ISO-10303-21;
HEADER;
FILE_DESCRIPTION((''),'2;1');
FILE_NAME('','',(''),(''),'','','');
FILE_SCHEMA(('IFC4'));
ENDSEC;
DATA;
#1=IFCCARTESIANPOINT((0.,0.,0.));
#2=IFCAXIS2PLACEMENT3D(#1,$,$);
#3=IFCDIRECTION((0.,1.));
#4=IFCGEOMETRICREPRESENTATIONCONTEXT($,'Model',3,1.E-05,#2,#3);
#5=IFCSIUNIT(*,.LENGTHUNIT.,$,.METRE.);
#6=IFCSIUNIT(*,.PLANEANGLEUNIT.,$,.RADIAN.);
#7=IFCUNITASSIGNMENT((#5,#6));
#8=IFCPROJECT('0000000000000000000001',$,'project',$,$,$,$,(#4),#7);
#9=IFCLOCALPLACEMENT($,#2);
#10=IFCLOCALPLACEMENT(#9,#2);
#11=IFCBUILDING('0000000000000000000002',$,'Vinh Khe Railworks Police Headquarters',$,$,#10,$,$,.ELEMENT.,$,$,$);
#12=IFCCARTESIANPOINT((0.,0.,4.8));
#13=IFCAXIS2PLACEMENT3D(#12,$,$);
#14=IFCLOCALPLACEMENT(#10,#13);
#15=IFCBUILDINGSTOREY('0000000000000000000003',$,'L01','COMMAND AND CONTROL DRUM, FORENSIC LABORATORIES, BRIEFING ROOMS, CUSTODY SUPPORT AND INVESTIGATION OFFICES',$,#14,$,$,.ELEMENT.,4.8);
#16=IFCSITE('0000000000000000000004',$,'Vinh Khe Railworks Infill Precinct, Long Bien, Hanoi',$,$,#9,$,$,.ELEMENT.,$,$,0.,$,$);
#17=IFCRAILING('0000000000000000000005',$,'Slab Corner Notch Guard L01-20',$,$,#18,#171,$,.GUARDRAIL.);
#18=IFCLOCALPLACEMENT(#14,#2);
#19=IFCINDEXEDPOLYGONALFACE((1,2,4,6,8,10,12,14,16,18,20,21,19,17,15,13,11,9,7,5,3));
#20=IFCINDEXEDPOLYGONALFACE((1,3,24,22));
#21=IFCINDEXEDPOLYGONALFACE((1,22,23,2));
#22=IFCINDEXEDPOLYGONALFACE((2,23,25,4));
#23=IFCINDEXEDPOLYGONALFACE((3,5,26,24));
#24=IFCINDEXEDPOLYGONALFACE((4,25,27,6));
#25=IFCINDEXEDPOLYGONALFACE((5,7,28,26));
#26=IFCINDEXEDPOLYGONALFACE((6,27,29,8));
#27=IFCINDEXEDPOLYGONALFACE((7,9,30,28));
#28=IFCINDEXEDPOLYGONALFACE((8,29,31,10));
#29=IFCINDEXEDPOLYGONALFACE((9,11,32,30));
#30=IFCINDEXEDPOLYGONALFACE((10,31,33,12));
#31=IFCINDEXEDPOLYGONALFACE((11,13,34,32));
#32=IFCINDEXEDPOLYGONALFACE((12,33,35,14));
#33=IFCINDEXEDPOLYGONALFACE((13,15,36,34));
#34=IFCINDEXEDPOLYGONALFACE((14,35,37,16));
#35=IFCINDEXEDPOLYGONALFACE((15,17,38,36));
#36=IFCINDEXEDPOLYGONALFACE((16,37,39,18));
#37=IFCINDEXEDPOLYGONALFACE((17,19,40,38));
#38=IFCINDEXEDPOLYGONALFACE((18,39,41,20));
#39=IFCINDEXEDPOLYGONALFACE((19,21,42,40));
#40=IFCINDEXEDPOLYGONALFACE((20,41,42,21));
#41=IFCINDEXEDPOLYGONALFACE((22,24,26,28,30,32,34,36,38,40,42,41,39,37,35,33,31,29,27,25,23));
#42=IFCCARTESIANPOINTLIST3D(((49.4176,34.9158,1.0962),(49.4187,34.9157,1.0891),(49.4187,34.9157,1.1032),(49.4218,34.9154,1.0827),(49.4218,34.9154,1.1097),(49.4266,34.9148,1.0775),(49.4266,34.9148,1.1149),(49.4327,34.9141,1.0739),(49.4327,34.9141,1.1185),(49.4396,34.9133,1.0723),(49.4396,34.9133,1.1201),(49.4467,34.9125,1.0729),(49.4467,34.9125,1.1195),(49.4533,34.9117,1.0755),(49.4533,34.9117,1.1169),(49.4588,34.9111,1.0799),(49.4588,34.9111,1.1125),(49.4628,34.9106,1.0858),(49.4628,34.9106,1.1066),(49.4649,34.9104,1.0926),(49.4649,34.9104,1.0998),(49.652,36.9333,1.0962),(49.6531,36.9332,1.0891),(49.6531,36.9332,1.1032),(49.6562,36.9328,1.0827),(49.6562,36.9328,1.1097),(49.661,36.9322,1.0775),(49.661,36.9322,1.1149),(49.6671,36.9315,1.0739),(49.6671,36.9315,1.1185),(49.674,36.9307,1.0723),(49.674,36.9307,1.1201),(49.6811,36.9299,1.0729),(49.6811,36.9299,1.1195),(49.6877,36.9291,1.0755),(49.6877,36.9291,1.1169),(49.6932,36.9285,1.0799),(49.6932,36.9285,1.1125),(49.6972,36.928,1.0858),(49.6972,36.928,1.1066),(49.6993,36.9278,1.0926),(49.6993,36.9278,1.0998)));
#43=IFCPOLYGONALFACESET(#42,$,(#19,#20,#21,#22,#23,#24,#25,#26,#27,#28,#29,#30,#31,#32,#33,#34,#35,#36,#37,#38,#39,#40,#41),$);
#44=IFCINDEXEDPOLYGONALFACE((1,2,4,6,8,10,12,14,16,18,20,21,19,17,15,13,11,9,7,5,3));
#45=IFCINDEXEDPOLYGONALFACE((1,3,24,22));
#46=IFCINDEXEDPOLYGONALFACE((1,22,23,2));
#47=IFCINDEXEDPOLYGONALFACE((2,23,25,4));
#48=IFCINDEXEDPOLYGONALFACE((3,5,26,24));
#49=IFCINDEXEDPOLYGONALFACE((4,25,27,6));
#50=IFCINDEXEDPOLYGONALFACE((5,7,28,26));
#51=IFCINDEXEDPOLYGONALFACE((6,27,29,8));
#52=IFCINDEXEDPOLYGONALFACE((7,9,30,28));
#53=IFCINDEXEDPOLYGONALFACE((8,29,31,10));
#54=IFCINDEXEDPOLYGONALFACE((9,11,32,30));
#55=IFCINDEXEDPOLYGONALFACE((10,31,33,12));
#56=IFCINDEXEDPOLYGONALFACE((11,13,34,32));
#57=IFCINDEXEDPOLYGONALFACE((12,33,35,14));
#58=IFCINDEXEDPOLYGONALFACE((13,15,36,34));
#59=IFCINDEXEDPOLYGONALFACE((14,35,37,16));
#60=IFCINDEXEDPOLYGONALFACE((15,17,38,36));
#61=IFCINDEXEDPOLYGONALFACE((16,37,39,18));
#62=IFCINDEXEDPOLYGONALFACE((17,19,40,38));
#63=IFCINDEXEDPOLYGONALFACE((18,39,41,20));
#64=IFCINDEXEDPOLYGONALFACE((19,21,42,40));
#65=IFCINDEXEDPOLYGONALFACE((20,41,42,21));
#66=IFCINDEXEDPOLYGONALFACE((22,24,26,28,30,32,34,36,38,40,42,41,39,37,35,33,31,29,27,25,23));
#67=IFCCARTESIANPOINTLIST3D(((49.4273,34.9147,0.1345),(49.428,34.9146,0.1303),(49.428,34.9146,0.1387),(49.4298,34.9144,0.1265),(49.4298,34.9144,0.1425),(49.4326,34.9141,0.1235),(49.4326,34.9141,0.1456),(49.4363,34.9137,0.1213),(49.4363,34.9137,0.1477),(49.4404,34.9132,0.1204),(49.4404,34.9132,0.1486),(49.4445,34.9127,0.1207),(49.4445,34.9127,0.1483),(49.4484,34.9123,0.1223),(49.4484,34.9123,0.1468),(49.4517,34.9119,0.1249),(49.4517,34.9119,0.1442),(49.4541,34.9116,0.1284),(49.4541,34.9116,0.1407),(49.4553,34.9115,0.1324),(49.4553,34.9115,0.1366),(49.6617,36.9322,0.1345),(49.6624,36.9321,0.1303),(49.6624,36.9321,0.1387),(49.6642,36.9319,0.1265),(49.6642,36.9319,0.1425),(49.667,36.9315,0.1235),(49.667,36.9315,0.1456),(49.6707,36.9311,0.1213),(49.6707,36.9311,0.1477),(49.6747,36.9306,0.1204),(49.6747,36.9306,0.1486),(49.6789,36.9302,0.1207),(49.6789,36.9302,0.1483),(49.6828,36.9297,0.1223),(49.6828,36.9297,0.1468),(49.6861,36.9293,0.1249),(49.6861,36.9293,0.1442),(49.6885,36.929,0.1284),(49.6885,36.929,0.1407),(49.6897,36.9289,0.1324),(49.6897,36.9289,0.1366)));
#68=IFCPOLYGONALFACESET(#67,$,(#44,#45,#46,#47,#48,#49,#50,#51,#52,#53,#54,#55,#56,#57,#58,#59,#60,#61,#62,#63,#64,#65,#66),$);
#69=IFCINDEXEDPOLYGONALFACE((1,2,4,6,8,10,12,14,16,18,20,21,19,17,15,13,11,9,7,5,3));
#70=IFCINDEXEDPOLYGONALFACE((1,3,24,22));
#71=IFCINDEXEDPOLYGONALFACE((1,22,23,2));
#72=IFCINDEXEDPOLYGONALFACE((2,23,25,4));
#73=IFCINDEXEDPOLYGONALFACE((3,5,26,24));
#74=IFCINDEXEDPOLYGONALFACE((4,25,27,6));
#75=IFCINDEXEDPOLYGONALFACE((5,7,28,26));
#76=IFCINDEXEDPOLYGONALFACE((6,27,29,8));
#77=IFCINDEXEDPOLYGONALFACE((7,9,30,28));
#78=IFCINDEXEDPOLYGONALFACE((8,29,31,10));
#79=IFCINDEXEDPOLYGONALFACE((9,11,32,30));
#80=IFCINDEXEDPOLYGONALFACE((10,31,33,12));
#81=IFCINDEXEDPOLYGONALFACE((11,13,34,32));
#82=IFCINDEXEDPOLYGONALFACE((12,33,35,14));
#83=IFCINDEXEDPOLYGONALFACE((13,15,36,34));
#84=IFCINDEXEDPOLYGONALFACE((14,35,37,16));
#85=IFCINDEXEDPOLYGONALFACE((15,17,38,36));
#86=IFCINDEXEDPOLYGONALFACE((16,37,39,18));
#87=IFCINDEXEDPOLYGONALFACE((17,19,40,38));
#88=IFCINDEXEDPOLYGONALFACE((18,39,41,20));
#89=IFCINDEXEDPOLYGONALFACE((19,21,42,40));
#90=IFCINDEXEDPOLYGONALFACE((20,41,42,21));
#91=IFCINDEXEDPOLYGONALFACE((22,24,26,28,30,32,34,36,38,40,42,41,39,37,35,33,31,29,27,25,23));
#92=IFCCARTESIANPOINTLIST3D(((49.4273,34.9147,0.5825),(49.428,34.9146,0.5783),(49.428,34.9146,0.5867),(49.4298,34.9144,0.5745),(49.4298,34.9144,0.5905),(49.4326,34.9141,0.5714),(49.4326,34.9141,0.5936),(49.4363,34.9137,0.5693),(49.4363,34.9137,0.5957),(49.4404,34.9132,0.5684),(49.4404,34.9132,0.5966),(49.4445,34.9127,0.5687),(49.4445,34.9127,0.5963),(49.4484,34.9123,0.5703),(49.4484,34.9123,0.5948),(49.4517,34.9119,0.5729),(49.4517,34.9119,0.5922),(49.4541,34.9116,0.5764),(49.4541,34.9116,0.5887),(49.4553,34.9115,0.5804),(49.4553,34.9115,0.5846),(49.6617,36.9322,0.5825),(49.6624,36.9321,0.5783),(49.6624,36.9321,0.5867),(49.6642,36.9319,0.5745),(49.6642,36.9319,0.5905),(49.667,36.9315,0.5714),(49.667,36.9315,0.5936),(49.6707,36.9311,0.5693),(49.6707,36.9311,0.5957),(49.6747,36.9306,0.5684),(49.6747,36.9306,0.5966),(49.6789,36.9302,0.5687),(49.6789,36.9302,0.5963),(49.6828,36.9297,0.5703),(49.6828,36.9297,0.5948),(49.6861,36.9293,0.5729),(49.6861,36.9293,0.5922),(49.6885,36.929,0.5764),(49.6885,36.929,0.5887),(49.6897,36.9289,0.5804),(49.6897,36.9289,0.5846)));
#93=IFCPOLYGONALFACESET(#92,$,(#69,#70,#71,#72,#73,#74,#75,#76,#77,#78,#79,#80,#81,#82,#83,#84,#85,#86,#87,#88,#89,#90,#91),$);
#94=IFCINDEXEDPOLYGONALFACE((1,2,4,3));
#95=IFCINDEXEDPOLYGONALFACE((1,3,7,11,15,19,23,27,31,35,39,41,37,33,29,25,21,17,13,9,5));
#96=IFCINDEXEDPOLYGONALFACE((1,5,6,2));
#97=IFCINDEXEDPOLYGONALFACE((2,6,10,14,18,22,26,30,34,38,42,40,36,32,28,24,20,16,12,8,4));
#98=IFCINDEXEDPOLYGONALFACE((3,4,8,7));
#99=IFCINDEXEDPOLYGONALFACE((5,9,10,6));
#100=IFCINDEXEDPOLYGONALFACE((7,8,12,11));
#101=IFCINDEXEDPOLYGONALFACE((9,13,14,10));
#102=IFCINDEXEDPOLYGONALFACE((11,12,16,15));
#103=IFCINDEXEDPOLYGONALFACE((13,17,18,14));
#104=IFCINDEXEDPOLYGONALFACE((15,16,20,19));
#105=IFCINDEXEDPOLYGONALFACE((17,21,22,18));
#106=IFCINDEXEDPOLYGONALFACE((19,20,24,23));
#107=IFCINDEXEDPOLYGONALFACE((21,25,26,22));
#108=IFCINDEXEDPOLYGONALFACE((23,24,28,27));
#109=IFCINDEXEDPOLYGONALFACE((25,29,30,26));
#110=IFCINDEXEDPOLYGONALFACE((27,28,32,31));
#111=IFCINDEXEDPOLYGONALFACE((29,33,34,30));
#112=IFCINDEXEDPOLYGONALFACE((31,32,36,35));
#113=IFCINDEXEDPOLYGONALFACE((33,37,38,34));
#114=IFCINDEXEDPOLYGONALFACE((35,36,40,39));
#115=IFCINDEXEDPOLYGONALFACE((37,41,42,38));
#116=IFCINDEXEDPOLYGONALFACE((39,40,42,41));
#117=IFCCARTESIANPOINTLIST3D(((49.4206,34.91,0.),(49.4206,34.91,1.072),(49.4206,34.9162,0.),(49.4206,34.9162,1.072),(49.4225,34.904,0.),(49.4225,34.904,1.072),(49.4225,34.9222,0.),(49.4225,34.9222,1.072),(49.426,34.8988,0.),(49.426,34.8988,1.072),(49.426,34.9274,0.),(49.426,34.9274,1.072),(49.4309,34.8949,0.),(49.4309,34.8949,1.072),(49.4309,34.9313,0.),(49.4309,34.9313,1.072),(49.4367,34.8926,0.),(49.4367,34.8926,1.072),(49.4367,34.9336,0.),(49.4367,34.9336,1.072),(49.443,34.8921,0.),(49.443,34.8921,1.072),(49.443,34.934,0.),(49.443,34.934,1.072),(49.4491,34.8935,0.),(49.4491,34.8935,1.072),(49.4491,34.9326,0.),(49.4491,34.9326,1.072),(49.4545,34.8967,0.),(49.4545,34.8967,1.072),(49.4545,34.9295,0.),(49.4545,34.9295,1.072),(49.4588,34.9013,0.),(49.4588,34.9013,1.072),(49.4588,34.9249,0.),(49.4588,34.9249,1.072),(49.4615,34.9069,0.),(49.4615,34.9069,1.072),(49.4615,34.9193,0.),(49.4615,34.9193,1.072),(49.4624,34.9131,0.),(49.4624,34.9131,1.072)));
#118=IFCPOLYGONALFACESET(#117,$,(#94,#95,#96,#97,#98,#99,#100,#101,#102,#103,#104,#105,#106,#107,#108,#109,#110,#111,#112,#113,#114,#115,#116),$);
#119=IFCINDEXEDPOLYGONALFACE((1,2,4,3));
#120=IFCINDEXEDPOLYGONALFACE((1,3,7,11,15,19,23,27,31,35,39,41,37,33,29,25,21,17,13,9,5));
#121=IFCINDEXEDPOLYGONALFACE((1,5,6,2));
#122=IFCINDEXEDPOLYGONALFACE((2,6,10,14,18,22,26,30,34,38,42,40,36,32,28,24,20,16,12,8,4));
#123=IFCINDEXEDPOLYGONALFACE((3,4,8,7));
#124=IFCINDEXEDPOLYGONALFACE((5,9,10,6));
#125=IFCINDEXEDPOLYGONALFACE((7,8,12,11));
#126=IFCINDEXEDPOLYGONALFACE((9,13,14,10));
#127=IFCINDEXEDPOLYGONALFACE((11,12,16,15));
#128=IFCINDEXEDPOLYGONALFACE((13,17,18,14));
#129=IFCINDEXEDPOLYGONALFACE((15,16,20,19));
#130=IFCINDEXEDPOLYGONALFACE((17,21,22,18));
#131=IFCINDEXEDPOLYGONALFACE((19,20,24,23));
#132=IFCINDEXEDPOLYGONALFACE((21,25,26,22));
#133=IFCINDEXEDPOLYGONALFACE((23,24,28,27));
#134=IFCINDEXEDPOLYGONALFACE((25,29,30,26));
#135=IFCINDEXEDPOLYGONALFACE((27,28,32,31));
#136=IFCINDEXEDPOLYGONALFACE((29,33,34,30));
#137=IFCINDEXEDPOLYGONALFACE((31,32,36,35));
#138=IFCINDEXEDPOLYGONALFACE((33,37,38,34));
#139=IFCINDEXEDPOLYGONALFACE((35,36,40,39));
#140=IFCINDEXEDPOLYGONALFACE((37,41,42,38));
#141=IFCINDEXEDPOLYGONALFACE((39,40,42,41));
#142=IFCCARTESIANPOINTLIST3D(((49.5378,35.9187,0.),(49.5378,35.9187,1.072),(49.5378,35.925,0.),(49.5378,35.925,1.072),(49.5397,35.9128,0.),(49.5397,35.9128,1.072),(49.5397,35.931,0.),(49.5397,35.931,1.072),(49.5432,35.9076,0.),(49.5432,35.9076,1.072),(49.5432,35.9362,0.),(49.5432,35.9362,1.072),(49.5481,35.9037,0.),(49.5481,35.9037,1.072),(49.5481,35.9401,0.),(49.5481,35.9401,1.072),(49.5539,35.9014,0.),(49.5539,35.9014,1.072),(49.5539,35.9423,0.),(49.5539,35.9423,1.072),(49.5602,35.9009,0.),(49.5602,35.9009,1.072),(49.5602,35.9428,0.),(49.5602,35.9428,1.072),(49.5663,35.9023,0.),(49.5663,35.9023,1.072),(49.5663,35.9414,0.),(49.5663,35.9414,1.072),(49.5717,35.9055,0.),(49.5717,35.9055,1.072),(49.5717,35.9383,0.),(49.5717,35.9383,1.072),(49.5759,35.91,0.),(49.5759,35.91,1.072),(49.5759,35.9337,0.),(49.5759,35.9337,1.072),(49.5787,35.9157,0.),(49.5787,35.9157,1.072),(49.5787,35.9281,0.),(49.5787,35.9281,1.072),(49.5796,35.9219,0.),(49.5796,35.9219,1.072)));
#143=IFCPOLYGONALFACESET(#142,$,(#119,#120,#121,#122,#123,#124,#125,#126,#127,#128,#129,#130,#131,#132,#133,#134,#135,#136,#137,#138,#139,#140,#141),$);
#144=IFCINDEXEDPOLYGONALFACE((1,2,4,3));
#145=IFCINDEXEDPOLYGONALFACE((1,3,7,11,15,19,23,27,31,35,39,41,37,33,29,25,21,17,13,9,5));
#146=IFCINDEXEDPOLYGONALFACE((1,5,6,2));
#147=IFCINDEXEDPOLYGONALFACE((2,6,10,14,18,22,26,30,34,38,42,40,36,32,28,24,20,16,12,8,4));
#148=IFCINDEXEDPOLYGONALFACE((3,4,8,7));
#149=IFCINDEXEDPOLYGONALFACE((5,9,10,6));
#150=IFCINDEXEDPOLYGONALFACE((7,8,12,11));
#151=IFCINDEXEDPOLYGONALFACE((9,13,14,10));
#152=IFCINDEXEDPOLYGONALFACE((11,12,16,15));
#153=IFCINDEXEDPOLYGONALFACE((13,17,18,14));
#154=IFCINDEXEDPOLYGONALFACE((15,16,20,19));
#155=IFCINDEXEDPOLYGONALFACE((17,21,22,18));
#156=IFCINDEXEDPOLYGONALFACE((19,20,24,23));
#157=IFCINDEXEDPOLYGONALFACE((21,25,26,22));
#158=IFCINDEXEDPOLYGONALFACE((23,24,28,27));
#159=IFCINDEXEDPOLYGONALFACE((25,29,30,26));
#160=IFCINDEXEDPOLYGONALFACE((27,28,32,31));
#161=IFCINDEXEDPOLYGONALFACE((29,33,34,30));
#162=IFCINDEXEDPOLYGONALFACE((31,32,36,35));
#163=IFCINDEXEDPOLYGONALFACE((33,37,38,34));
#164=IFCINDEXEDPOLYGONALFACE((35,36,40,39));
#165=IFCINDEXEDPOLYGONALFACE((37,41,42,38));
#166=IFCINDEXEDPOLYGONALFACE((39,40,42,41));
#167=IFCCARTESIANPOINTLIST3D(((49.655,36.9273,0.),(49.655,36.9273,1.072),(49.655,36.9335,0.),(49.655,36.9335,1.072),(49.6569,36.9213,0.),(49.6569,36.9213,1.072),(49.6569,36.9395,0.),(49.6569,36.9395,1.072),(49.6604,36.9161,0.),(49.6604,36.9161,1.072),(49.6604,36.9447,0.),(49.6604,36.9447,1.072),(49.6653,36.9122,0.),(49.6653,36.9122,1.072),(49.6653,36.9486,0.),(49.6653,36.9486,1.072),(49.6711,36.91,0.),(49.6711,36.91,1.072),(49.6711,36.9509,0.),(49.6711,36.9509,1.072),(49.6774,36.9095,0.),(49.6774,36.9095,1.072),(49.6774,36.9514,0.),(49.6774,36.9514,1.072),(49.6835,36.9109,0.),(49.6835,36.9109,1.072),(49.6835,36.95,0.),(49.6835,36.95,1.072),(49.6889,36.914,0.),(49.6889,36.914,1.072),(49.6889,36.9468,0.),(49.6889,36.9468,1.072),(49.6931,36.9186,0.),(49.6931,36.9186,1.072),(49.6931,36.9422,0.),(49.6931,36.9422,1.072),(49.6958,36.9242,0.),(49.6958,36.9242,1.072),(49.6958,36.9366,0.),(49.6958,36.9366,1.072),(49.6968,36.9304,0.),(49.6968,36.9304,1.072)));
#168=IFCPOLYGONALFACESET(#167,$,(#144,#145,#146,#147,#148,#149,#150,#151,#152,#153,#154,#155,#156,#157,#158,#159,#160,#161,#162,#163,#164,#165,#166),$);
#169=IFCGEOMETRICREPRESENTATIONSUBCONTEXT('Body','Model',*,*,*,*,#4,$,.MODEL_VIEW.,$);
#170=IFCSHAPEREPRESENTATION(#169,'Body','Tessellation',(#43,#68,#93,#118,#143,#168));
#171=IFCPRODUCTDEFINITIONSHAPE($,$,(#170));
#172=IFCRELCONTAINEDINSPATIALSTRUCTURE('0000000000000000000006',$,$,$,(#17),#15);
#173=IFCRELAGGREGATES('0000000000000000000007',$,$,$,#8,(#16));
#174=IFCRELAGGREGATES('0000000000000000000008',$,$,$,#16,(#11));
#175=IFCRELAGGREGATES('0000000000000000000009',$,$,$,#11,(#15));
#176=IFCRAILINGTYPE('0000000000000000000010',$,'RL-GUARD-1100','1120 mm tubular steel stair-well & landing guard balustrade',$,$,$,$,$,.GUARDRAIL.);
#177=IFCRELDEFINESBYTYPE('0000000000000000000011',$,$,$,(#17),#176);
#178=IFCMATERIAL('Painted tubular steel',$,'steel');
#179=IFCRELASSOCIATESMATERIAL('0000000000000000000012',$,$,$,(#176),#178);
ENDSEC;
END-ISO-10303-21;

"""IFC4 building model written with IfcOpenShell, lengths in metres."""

from ifc_helpers import new_model, si_unit, direction, frame, origin, origin_2d, place, context, subcontext, project, spatial, circle, extrude, material, type_object, element, save


model = new_model("IFC4")

# Units and contexts
model_context = context("Model", 3, precision=1e-05, world=origin(), true_north=direction((0.0, 1.0)))
body_context = subcontext(model_context, "Body", "Model", "MODEL_VIEW")
ifc_project = project(units=[si_unit("LENGTHUNIT", "METRE"), si_unit("PLANEANGLEUNIT", "RADIAN")], contexts=[model_context])

# Site, building, storey
site_placement = place(None, origin())
site = spatial("IfcSite", under=ifc_project, at=site_placement, Name="Vinh Khe Railworks Infill Precinct, Long Bien, Hanoi", CompositionType="ELEMENT", RefElevation=0.0)
building_placement = place(site_placement, origin())
building = spatial("IfcBuilding", under=site, at=building_placement, Name="Vinh Khe Railworks Police Headquarters", CompositionType="ELEMENT")
storey_placement = place(building_placement, frame((0.0, 0.0, 4.8)))
storey = spatial("IfcBuildingStorey", under=building, at=storey_placement, Name="L01", Description="COMMAND AND CONTROL DRUM, FORENSIC LABORATORIES, BRIEFING ROOMS, CUSTODY SUPPORT AND INVESTIGATION OFFICES", CompositionType="ELEMENT", Elevation=4.8)

# Railing
ifc_material_1 = material(Name="Painted tubular steel", Category="steel")
railing_type = type_object("IfcRailingType", Name="RL-GUARD-1100", Description="1120 mm tubular steel stair-well & landing guard balustrade", PredefinedType="GUARDRAIL", material=ifc_material_1)
railing_placement = place(storey_placement, frame((49.4414, 34.9131, 0.0)))
element("IfcRailing", 1, at=railing_placement, inside=storey, type_object=railing_type, Name="Slab Corner Notch Guard L01-20", PredefinedType="GUARDRAIL", context=body_context, shape_type="SweptSolid", body=[
    extrude(circle(Radius=0.0239, at=origin_2d()), frame((0.0, 0.0, 1.0962), z_axis=(0.115404, 0.993319, 0.0), x_axis=(-0.993319, 0.115404, 0.0)), (0.0, 0.0, 1.0), 2.031),
    extrude(circle(Radius=0.0142, at=origin_2d()), frame((0.0, 0.0, 0.1345), z_axis=(0.115404, 0.993319, 0.0), x_axis=(-0.993319, 0.115404, 0.0)), (0.0, 0.0, 1.0), 2.031),
    extrude(circle(Radius=0.0142, at=origin_2d()), frame((0.0, 0.0, 0.5825), z_axis=(0.115404, 0.993319, 0.0), x_axis=(-0.993319, 0.115404, 0.0)), (0.0, 0.0, 1.0), 2.031),
    extrude(circle(Radius=0.021, at=origin_2d()), origin(), (0.0, 0.0, 1.0), 1.072),
    extrude(circle(Radius=0.021, at=origin_2d()), frame((0.1172, 1.0088, 0.0)), (0.0, 0.0, 1.0), 1.072),
    extrude(circle(Radius=0.021, at=origin_2d()), frame((0.2344, 2.0173, 0.0)), (0.0, 0.0, 1.0), 1.072),
])

save(model, "model.ifc")
